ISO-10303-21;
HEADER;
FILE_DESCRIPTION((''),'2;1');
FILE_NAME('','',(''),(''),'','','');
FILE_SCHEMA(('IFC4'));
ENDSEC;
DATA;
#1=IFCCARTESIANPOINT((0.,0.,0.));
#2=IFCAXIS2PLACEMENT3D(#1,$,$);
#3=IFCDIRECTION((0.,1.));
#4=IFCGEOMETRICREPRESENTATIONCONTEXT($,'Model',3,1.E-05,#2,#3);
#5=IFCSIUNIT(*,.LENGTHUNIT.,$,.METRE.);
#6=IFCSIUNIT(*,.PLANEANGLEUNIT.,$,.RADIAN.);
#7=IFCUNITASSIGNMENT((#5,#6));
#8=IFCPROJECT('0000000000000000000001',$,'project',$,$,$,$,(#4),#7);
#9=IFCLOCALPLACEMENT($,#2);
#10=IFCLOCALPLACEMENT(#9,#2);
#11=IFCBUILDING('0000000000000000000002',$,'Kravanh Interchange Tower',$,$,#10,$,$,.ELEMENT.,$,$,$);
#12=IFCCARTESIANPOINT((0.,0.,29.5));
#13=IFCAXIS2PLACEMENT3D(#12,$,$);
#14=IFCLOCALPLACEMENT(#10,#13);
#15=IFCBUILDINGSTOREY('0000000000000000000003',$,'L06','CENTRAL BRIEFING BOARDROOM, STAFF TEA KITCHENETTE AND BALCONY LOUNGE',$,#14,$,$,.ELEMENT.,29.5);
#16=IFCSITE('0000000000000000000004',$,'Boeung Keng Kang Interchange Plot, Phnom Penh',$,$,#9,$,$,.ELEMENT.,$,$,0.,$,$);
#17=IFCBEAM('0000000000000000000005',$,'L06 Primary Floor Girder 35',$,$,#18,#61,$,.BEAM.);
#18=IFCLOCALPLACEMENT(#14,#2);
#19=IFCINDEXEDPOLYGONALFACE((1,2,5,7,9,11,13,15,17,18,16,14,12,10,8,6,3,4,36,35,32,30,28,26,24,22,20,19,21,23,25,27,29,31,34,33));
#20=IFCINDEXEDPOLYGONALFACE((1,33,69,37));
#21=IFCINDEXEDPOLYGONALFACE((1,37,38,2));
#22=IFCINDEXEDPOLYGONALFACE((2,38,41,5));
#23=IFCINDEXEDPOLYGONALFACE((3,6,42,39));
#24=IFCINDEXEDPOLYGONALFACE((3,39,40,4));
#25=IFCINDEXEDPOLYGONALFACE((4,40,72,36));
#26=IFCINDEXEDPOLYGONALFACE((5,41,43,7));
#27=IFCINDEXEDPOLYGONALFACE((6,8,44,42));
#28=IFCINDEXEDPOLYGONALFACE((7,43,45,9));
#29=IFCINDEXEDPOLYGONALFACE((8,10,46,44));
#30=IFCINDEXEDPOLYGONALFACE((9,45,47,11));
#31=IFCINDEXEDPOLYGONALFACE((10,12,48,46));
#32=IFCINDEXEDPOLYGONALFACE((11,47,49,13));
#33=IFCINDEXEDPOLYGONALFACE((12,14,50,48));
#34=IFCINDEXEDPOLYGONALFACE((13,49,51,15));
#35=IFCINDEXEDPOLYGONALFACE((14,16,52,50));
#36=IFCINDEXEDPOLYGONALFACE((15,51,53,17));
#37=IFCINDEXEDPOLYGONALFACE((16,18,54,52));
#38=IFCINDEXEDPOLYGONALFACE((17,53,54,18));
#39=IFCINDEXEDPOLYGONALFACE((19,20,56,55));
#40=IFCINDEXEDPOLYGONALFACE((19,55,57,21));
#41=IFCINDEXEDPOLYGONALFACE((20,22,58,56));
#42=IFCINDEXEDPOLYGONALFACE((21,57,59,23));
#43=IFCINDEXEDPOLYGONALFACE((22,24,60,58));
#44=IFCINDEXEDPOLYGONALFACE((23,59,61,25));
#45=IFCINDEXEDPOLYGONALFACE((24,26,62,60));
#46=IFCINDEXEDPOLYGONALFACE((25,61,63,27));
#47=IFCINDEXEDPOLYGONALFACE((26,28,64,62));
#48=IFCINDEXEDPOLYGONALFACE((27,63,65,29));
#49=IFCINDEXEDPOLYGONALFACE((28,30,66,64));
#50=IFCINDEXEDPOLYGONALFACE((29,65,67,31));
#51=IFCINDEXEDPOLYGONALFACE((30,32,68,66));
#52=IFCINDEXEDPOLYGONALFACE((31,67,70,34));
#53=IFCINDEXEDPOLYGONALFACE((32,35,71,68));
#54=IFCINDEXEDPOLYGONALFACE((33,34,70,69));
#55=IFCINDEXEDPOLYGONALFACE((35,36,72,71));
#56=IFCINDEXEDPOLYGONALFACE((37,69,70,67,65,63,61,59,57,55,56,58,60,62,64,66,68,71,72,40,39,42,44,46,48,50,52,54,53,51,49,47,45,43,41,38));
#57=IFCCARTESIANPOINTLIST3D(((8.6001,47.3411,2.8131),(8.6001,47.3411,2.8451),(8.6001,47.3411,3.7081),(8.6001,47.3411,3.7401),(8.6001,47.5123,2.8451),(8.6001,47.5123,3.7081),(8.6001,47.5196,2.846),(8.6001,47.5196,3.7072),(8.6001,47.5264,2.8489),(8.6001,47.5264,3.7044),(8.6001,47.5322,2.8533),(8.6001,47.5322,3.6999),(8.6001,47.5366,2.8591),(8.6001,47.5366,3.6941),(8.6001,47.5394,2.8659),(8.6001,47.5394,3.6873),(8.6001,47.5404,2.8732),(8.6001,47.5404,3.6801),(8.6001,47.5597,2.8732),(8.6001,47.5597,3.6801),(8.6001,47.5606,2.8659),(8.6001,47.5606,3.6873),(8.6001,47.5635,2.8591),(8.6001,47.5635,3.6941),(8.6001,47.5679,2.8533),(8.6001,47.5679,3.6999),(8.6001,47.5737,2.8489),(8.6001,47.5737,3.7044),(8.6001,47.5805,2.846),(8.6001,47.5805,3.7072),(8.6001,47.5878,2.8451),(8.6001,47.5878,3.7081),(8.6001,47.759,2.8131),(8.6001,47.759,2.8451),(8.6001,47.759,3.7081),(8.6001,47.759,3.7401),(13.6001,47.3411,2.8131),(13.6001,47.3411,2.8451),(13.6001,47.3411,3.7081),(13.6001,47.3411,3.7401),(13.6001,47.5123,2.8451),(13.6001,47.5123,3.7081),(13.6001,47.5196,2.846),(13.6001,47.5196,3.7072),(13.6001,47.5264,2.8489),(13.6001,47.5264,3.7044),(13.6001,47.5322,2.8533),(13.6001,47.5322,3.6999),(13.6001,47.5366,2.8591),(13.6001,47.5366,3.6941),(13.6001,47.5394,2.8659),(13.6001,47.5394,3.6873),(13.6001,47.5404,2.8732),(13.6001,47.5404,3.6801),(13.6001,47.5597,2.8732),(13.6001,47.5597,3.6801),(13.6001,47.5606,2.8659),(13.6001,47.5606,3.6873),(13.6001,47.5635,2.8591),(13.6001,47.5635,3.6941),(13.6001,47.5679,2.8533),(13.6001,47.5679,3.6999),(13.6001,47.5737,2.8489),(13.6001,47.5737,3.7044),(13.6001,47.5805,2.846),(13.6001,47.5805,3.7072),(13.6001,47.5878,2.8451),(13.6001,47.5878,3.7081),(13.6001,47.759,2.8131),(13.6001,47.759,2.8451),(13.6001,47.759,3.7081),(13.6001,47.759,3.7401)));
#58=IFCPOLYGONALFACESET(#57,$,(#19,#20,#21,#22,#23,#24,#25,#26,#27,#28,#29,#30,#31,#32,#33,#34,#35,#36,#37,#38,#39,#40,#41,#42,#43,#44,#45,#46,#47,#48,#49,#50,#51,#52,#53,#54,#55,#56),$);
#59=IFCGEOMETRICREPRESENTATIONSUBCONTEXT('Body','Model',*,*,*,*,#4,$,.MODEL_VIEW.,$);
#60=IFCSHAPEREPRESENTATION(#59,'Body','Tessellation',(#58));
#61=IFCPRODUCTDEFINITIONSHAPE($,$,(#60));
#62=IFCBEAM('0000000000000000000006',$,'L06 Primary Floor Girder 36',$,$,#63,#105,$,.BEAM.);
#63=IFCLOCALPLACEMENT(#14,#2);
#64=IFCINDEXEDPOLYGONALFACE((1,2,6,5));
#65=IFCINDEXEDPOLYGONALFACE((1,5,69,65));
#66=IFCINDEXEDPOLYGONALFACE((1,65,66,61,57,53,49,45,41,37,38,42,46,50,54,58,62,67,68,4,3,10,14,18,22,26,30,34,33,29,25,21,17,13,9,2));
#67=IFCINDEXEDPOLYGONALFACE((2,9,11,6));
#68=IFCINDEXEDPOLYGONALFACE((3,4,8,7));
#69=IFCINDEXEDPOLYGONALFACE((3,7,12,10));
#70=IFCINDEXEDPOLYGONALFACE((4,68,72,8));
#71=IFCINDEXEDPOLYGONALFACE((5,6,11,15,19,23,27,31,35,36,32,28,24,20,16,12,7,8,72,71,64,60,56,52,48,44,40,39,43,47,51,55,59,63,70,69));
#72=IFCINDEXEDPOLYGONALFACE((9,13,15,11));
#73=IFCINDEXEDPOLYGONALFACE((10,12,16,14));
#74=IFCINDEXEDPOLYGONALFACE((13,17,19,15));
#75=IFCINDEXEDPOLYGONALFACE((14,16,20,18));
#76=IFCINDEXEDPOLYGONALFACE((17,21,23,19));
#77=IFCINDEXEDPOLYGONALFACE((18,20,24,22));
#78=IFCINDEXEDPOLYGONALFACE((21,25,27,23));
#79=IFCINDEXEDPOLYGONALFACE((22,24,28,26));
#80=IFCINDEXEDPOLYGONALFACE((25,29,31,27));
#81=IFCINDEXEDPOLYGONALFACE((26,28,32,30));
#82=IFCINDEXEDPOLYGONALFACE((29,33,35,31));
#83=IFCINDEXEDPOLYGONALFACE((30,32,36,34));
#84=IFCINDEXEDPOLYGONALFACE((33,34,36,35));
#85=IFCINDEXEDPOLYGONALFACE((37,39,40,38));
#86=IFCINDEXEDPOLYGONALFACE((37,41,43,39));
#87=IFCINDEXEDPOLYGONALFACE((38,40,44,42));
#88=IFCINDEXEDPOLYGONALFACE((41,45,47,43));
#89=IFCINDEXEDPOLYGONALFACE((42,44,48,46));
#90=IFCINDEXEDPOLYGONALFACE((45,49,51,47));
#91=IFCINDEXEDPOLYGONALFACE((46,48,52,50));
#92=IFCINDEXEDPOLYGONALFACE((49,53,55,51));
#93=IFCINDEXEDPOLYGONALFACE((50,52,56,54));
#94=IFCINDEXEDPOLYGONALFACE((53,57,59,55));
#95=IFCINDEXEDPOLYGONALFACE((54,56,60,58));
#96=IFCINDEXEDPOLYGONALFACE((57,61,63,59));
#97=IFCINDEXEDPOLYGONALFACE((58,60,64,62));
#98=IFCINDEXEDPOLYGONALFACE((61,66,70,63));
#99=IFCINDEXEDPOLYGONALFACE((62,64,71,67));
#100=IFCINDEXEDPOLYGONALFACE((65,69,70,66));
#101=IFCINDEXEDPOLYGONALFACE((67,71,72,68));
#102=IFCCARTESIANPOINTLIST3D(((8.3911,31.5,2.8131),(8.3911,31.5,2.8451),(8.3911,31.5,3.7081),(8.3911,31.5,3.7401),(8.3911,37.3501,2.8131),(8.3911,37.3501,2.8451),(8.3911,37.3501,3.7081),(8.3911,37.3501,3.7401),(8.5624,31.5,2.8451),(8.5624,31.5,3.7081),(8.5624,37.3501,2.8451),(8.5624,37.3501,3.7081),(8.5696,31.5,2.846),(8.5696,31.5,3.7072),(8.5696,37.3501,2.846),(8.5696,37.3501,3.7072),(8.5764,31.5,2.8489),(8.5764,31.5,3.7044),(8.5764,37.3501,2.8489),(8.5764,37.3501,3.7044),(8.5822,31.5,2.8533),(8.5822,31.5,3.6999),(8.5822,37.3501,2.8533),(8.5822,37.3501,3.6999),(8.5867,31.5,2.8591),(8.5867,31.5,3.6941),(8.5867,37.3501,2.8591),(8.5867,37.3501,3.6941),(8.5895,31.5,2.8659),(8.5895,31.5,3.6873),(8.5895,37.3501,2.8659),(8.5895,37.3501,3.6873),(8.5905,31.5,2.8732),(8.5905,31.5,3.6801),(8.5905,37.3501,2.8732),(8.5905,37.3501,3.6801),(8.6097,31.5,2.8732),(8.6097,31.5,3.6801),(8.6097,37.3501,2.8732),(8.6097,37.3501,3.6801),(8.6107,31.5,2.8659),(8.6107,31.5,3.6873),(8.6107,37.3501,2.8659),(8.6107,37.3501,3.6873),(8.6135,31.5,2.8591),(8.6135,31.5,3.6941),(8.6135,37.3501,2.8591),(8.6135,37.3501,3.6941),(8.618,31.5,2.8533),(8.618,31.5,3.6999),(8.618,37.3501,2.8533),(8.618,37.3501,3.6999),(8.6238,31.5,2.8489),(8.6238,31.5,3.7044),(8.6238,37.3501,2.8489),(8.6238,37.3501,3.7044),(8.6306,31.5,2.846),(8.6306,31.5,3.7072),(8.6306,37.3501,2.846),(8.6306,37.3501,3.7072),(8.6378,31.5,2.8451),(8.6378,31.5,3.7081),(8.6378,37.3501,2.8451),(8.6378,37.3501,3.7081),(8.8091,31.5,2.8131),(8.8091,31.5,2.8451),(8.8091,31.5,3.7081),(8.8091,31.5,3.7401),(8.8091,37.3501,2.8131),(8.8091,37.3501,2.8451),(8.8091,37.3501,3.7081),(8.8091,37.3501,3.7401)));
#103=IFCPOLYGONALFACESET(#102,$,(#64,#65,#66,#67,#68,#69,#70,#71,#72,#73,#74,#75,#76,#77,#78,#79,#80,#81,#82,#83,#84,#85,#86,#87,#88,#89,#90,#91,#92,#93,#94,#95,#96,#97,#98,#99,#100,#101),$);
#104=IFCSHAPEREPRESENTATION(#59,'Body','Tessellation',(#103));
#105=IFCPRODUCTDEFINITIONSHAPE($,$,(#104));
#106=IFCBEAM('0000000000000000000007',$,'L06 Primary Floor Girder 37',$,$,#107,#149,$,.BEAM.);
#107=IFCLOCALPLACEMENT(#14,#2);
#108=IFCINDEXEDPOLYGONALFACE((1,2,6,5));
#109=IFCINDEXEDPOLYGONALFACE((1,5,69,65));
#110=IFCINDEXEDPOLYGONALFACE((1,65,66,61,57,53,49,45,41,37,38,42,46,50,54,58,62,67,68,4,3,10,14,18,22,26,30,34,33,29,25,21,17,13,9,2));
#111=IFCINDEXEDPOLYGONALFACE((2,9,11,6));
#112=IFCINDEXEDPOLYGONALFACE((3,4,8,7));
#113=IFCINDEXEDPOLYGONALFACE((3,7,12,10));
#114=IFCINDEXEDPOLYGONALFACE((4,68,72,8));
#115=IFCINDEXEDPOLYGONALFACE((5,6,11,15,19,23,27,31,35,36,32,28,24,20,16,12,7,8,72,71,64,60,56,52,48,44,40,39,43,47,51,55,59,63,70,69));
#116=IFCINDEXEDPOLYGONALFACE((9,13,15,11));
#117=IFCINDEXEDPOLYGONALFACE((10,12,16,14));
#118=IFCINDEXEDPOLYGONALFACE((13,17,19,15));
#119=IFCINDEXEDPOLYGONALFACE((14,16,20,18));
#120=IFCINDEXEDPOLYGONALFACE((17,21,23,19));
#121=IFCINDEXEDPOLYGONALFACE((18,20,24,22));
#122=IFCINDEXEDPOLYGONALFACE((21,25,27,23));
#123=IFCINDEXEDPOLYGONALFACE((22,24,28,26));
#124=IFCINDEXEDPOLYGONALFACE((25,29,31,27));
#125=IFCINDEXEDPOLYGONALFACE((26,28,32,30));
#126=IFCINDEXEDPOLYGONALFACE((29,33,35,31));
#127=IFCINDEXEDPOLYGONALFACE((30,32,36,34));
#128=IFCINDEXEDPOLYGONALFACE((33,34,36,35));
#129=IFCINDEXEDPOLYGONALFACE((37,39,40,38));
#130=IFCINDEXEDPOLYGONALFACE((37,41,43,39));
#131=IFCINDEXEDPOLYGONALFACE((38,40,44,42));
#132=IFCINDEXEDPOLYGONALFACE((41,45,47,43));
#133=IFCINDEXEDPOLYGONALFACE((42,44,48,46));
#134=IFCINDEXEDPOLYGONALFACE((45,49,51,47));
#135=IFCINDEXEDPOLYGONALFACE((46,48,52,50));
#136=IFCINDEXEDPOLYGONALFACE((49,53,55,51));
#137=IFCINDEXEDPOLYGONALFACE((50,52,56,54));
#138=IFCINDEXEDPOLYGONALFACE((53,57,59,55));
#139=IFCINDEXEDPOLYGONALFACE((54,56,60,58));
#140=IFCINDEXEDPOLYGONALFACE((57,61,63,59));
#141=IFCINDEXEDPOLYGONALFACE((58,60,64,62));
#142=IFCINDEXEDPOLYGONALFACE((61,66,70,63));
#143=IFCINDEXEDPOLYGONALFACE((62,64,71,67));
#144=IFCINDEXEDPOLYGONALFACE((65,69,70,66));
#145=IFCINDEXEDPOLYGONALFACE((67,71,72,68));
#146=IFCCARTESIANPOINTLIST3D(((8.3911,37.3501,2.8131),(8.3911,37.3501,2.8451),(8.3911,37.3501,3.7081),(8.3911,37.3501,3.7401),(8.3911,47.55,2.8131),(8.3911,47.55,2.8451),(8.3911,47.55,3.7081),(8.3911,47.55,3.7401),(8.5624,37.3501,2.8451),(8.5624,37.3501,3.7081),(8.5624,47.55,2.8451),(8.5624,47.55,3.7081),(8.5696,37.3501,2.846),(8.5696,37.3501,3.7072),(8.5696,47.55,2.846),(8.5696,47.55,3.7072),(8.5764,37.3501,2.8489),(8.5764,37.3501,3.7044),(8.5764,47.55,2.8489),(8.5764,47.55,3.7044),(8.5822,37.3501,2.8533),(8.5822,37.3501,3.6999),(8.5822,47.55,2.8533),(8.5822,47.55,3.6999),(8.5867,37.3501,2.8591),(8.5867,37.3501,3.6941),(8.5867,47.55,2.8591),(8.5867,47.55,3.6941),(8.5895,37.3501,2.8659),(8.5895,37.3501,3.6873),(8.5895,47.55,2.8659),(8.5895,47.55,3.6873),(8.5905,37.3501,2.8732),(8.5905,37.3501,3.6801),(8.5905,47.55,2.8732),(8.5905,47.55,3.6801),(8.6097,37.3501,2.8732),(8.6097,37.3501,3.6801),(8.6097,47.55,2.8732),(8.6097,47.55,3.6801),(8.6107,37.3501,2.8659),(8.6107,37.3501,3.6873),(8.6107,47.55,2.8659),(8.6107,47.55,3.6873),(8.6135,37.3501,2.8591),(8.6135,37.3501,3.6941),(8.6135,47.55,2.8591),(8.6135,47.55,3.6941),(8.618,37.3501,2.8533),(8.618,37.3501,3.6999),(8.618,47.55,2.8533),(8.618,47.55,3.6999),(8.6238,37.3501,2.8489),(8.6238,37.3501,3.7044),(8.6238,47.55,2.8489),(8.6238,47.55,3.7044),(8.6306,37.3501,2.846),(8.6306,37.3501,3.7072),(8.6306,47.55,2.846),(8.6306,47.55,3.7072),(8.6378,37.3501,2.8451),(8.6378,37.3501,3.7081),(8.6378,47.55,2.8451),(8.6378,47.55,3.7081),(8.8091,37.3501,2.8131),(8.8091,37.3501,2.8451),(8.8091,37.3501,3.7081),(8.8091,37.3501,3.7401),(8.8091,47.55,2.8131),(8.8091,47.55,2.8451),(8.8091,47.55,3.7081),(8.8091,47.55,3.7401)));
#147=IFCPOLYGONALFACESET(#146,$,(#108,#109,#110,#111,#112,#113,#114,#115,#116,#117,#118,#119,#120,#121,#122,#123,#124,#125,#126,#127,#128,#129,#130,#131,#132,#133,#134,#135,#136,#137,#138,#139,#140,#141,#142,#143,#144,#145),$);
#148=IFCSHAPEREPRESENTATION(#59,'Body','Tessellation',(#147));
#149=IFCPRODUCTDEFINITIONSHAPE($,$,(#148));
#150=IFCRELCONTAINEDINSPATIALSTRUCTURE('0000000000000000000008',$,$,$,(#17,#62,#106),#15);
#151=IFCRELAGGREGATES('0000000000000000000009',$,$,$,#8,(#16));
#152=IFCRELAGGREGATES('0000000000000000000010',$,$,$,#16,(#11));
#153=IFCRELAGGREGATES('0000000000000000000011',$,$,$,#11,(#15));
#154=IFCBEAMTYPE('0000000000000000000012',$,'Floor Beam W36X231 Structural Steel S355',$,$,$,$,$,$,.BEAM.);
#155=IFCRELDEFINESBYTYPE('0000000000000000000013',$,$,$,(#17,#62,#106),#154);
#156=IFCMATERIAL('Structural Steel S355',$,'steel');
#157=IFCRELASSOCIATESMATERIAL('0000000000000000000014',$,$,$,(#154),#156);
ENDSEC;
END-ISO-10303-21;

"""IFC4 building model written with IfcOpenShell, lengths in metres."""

from ifc_helpers import new_model, si_unit, direction, frame, origin, origin_2d, place, context, subcontext, project, spatial, i_section, extrude, material, material_profile, profile_set, type_object, element, save


model = new_model("IFC4")

# Units and contexts
model_context = context("Model", 3, precision=1e-05, world=origin(), true_north=direction((0.0, 1.0)))
body_context = subcontext(model_context, "Body", "Model", "MODEL_VIEW")
ifc_project = project(units=[si_unit("LENGTHUNIT", "METRE"), si_unit("PLANEANGLEUNIT", "RADIAN")], contexts=[model_context])

# Site, building, storey
site_placement = place(None, origin())
site = spatial("IfcSite", under=ifc_project, at=site_placement, Name="Boeung Keng Kang Interchange Plot, Phnom Penh", CompositionType="ELEMENT", RefElevation=0.0)
building_placement = place(site_placement, origin())
building = spatial("IfcBuilding", under=site, at=building_placement, Name="Kravanh Interchange Tower", CompositionType="ELEMENT")
storey_placement = place(building_placement, frame((0.0, 0.0, 29.5)))
storey = spatial("IfcBuildingStorey", under=building, at=storey_placement, Name="L06", Description="CENTRAL BRIEFING BOARDROOM, STAFF TEA KITCHENETTE AND BALCONY LOUNGE", CompositionType="ELEMENT", Elevation=29.5)

# Beams
ifc_material_1 = material(Name="Structural Steel S355", Category="steel")
ifc_material_profile_1 = material_profile(ifc_material_1, i_section(OverallWidth=0.418, OverallDepth=0.927, WebThickness=0.0193, FlangeThickness=0.032, FilletRadius=0.0281, at=origin_2d()), Name="W36X231")
ifc_profile_set_1 = profile_set([ifc_material_profile_1], Name="Structural Steel S355")
beam_type = type_object("IfcBeamType", Name="Floor Beam W36X231 Structural Steel S355", PredefinedType="BEAM", material=ifc_profile_set_1)
beam_1_placement = place(storey_placement, frame((13.6001, 47.55, 3.2766), z_axis=(-1.0, 0.0, 0.0), x_axis=(0.0, -1.0, 0.0)))
element("IfcBeam", 1, at=beam_1_placement, inside=storey, type_object=beam_type, Name="L06 Primary Floor Girder 35", PredefinedType="BEAM", context=body_context, shape_type="SweptSolid", body=[
    extrude(i_section(OverallWidth=0.418, OverallDepth=0.927, WebThickness=0.0193, FlangeThickness=0.032, FilletRadius=0.0281, at=origin_2d()), origin(), (0.0, 0.0, 1.0), 5.0),
])
beam_2_placement = place(storey_placement, frame((8.6001, 37.3501, 3.2766), z_axis=(0.0, -1.0, 0.0), x_axis=(1.0, 0.0, 0.0)))
element("IfcBeam", 2, at=beam_2_placement, inside=storey, type_object=beam_type, Name="L06 Primary Floor Girder 36", PredefinedType="BEAM", context=body_context, shape_type="SweptSolid", body=[
    extrude(i_section(OverallWidth=0.418, OverallDepth=0.927, WebThickness=0.0193, FlangeThickness=0.032, FilletRadius=0.0281, at=origin_2d()), origin(), (0.0, 0.0, 1.0), 5.8501),
])
beam_3_placement = place(storey_placement, frame((8.6001, 37.3501, 3.2766), z_axis=(0.0, 1.0, 0.0), x_axis=(-1.0, 0.0, 0.0)))
element("IfcBeam", 3, at=beam_3_placement, inside=storey, type_object=beam_type, Name="L06 Primary Floor Girder 37", PredefinedType="BEAM", context=body_context, shape_type="SweptSolid", body=[
    extrude(i_section(OverallWidth=0.418, OverallDepth=0.927, WebThickness=0.0193, FlangeThickness=0.032, FilletRadius=0.0281, at=origin_2d()), origin(), (0.0, 0.0, 1.0), 10.2),
])

save(model, "model.ifc")
